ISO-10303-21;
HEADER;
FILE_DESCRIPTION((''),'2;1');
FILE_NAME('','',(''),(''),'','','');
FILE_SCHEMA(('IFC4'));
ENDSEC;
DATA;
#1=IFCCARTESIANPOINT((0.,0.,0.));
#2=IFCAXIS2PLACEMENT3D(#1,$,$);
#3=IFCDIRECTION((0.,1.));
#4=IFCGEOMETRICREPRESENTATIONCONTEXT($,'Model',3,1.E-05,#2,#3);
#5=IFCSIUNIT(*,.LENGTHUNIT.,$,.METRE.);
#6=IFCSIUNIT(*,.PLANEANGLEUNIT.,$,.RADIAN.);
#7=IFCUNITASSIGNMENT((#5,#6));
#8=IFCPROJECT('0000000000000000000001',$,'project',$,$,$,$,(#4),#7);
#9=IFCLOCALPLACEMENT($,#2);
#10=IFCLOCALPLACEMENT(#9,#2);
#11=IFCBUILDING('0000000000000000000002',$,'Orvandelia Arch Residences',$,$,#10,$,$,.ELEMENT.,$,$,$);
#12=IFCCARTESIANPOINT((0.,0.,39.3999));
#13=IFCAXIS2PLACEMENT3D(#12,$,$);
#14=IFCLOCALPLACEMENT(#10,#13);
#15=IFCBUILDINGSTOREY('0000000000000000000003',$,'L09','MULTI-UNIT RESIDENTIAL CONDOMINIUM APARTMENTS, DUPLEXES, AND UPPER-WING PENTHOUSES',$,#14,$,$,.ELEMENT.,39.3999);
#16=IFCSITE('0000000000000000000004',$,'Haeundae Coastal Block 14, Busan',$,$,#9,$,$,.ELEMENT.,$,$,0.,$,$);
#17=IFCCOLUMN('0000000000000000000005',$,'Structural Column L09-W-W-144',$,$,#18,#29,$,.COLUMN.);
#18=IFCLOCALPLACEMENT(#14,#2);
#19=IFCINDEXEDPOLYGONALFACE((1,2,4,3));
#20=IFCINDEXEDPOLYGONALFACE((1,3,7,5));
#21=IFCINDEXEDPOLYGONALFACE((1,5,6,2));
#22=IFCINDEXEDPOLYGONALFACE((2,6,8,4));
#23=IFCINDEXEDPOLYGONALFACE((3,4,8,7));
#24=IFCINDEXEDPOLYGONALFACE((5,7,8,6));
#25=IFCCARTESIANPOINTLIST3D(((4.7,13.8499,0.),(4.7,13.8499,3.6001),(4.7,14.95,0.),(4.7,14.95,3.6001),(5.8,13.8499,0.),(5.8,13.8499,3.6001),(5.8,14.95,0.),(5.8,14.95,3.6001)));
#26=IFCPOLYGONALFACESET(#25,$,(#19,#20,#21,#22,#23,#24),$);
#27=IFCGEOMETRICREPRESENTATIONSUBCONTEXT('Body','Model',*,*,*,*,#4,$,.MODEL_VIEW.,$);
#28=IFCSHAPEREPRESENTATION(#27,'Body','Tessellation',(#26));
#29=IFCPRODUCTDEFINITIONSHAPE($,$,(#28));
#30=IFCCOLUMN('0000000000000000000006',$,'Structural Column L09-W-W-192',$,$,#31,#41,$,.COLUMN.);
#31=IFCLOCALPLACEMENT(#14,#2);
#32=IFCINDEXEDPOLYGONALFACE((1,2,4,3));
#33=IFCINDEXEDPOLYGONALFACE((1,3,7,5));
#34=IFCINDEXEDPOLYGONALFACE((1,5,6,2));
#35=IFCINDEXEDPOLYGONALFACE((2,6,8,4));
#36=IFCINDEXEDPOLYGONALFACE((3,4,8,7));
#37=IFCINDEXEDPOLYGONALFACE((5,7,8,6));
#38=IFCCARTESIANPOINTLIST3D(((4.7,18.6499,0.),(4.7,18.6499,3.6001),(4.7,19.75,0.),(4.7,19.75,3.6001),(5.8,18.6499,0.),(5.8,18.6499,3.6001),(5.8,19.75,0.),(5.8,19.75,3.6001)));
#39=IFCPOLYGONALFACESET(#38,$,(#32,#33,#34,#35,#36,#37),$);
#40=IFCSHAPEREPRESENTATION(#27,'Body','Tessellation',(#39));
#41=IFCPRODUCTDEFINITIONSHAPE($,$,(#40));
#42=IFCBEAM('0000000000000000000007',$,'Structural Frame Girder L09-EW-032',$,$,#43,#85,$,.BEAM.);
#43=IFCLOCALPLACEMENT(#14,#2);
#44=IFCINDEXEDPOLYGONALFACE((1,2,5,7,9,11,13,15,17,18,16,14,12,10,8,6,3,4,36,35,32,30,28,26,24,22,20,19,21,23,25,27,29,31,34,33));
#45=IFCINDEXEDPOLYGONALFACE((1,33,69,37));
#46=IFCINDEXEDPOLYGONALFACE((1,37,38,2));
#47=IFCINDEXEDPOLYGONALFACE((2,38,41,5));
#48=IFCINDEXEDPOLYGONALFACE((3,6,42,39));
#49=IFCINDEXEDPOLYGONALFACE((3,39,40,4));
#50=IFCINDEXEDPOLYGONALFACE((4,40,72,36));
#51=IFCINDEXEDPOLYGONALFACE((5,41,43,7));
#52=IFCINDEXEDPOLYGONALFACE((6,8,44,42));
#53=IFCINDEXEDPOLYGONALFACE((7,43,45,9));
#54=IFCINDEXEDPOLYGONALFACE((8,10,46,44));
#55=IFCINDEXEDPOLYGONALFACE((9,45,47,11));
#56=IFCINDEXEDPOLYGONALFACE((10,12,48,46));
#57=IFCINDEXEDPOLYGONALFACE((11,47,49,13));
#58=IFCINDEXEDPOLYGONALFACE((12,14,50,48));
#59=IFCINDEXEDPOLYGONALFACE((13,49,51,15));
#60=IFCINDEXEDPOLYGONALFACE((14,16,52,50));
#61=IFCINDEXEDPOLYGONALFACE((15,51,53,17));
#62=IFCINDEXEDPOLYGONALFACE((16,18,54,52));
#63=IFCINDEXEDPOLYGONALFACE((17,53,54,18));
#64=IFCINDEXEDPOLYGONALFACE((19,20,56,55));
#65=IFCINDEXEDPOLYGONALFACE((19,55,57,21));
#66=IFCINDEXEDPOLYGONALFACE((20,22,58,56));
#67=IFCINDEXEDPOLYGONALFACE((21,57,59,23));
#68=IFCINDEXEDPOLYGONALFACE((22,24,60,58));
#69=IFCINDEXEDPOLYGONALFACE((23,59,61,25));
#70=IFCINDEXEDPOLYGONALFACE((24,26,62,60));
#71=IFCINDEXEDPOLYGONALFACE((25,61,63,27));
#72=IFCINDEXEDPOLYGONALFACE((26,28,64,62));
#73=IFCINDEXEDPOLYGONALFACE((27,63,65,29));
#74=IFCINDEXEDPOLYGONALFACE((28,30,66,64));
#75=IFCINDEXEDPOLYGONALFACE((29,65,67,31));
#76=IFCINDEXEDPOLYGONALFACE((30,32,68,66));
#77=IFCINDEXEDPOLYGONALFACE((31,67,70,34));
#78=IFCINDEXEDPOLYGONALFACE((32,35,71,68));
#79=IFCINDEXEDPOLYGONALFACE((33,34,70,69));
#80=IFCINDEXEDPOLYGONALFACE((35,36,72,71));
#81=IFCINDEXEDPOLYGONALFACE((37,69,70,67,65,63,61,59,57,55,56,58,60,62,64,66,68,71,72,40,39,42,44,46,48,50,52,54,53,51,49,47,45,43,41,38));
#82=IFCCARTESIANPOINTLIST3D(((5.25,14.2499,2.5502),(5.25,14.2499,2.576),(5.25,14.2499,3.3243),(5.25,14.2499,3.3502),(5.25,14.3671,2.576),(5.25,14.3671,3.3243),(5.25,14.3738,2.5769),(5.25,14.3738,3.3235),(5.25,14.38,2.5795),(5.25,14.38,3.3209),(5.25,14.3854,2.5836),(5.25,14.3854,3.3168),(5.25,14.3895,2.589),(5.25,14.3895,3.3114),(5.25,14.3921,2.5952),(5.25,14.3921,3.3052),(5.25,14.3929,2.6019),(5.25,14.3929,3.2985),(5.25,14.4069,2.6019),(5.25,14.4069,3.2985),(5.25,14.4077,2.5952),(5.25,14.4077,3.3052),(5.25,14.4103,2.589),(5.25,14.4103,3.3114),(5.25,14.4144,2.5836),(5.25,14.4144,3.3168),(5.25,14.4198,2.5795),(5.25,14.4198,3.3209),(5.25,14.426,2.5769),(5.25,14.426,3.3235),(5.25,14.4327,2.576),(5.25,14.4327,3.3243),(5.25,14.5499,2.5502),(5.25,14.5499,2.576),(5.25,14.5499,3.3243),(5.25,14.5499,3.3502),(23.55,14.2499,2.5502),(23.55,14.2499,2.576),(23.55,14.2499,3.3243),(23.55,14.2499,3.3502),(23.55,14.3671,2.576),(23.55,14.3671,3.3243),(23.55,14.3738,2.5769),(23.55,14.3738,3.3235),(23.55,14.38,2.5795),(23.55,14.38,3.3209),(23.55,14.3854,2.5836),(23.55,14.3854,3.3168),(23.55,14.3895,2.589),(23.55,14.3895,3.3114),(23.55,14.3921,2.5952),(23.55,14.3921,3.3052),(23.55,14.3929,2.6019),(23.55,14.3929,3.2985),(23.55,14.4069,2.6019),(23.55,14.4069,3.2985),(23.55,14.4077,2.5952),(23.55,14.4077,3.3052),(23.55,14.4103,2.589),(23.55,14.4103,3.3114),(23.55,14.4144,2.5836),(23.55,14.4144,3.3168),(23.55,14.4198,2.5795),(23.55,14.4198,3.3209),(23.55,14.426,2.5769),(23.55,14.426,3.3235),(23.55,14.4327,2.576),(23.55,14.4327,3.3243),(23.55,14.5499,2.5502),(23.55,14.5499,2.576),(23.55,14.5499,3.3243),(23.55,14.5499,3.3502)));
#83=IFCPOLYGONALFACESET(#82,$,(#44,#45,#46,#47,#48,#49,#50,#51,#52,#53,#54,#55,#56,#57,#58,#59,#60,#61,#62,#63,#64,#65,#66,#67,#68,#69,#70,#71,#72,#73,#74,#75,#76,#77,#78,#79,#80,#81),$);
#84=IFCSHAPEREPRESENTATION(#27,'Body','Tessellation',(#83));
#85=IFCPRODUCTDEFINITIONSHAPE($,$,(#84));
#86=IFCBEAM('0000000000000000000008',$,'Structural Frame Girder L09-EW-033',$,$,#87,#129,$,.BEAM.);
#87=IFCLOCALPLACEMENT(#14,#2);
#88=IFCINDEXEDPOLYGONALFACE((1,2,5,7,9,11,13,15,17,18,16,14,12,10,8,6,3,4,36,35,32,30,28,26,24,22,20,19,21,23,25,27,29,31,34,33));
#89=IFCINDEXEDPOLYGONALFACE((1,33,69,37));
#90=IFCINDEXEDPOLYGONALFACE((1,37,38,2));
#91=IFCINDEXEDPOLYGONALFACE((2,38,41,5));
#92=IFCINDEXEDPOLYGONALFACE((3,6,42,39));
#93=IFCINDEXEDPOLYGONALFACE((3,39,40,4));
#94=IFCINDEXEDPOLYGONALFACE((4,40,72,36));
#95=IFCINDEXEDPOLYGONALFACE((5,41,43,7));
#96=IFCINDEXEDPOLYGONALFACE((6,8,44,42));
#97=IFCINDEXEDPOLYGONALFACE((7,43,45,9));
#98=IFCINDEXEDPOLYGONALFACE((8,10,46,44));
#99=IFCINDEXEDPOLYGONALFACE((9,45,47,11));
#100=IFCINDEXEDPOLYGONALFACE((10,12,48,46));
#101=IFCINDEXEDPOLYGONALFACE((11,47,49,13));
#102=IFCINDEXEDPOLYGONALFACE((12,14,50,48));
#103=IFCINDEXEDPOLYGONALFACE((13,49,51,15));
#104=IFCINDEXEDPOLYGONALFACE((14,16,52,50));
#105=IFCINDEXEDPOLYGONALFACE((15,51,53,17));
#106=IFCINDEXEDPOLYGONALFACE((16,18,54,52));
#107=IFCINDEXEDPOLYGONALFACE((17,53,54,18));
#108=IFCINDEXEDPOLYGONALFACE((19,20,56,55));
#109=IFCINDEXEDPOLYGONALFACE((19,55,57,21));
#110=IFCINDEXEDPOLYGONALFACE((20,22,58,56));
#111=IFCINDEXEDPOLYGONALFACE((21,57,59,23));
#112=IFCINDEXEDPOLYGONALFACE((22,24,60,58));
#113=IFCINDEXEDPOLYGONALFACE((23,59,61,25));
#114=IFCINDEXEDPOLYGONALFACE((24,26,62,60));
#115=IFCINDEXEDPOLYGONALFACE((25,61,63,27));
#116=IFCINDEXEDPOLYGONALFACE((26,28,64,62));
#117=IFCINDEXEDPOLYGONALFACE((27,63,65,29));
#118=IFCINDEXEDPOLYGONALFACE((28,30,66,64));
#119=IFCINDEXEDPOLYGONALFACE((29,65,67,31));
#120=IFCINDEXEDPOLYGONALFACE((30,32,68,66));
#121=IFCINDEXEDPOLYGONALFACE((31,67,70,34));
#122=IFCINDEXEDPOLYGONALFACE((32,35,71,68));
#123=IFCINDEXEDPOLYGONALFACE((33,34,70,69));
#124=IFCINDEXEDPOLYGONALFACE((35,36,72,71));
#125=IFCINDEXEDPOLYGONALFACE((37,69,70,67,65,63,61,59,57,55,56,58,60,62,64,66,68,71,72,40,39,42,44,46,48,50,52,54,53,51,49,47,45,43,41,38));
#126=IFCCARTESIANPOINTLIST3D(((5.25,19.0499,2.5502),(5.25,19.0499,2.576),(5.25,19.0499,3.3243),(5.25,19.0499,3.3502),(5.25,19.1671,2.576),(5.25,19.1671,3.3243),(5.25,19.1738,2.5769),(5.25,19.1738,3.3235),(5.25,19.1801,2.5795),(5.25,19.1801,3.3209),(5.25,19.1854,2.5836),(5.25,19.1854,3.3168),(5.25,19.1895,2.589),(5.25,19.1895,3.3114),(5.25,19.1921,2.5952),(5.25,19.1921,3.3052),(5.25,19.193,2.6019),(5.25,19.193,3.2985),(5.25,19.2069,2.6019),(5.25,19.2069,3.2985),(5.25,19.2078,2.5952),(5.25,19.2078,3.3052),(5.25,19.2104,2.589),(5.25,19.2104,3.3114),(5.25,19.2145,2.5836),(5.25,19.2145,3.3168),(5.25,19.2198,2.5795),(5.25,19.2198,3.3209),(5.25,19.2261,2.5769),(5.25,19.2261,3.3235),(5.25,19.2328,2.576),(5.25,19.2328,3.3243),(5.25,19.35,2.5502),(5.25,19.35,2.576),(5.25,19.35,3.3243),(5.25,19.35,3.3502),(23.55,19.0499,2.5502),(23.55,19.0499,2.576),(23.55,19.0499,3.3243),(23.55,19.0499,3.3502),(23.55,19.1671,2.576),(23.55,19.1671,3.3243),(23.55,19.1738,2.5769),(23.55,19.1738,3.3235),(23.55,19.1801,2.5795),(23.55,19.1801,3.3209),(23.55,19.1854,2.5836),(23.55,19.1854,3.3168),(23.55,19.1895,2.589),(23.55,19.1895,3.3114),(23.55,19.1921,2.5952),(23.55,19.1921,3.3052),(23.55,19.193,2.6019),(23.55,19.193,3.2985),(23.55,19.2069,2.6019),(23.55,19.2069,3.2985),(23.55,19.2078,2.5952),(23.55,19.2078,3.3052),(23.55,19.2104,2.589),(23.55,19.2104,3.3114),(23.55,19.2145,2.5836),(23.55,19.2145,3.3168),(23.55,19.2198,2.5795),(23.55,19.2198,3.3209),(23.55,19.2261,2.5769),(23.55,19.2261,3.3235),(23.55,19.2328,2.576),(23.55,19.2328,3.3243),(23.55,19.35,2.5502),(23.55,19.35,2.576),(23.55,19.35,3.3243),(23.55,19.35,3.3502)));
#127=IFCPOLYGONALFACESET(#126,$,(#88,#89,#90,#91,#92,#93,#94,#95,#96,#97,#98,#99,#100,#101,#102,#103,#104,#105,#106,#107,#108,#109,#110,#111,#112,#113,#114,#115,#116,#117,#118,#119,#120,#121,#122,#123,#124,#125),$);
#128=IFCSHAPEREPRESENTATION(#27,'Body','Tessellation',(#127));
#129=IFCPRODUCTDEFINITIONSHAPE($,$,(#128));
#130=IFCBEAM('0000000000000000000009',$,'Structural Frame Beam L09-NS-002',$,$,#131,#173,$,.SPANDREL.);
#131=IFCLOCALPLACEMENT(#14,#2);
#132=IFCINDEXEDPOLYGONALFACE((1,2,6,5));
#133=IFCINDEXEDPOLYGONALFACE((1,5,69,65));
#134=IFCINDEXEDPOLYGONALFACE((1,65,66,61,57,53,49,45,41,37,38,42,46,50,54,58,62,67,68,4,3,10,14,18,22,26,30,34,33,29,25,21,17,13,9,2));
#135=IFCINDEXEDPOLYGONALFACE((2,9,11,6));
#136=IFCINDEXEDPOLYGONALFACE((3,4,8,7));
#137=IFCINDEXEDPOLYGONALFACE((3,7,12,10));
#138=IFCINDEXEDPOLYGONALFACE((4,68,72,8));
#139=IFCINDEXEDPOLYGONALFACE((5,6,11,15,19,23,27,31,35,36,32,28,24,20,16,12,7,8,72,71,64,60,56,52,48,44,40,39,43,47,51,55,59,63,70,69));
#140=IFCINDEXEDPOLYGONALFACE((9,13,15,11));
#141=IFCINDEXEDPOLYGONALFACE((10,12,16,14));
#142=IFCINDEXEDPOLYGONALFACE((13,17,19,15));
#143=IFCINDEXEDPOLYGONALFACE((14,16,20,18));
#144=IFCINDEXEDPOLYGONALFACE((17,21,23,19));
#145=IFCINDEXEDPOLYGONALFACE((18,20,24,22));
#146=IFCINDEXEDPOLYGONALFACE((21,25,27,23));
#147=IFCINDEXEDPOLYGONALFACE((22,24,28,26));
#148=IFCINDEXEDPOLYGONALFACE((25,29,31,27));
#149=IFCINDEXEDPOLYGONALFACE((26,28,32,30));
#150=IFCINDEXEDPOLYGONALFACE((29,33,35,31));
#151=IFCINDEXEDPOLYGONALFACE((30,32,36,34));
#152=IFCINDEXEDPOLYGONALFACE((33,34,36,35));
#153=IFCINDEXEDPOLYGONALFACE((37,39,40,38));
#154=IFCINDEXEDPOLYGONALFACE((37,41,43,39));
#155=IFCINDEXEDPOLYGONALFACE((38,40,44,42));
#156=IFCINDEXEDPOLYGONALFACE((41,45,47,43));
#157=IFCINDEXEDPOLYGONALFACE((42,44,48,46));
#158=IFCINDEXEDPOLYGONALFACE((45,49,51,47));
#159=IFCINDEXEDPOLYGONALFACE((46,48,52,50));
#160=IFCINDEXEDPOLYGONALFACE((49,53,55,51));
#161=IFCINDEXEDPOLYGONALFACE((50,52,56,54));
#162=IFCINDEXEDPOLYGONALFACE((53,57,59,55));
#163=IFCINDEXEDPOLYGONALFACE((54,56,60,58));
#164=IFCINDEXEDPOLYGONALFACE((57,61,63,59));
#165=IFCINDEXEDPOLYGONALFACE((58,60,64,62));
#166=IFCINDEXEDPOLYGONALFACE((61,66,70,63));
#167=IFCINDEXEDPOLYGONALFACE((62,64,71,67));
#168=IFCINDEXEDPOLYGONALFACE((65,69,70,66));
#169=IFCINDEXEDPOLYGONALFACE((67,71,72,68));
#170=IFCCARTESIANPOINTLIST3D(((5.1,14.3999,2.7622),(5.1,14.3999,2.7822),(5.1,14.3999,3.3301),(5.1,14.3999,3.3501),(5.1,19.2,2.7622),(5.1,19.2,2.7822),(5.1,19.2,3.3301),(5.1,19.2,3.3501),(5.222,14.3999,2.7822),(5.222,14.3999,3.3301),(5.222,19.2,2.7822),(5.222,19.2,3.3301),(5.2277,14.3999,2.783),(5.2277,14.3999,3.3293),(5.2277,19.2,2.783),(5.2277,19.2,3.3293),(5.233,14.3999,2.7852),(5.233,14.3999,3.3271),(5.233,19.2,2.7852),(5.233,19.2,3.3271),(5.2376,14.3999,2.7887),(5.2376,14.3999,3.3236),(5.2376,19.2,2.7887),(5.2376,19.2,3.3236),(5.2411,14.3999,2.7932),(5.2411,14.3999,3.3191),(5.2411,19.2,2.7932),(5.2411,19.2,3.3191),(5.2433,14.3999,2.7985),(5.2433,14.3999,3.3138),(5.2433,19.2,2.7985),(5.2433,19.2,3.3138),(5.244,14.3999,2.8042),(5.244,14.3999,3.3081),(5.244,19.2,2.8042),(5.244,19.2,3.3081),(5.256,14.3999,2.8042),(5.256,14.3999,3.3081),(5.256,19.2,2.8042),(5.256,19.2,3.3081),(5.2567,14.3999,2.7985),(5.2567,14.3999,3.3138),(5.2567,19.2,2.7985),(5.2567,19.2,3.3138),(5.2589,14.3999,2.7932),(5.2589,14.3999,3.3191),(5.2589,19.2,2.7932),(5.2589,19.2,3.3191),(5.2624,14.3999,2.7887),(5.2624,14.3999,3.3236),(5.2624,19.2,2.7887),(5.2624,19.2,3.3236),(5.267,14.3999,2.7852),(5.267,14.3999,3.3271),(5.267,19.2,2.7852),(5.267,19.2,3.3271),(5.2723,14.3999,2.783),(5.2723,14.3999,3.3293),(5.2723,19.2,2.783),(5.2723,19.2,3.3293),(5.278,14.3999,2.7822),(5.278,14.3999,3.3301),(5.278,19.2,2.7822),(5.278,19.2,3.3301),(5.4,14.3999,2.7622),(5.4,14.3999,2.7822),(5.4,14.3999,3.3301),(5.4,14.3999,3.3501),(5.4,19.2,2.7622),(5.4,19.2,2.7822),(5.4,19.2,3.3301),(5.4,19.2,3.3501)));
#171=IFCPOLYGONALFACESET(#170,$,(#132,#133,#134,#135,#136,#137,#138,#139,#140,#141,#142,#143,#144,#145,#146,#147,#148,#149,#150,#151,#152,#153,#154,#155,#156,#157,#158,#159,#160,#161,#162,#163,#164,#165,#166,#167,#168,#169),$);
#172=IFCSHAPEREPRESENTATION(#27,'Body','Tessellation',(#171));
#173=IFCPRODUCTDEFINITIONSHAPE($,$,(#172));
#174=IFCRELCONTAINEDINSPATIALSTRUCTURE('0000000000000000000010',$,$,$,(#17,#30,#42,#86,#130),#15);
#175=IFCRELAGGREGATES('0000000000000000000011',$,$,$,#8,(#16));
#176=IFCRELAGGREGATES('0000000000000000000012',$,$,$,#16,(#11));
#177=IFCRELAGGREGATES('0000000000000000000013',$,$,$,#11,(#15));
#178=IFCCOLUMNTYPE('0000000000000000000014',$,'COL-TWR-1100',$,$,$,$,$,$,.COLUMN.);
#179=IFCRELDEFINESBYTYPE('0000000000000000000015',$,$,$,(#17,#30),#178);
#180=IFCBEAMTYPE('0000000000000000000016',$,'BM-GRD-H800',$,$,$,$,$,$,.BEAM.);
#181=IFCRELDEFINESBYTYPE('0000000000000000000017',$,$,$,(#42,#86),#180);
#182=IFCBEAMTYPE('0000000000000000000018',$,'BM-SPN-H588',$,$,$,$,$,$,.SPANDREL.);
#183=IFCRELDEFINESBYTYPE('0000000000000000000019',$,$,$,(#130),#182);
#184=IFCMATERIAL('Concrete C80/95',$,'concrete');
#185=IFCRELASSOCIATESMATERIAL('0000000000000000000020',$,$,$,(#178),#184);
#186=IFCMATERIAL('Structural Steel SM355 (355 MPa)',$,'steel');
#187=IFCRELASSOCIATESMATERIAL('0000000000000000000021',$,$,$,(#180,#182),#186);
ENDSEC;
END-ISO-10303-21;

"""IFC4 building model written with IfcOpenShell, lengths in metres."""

from ifc_helpers import new_model, si_unit, direction, frame, origin, origin_2d, place, context, subcontext, project, spatial, rectangle, i_section, extrude, material, material_profile, profile_set, type_object, element, save


model = new_model("IFC4")

# Units and contexts
model_context = context("Model", 3, precision=1e-05, world=origin(), true_north=direction((0.0, 1.0)))
body_context = subcontext(model_context, "Body", "Model", "MODEL_VIEW")
ifc_project = project(units=[si_unit("LENGTHUNIT", "METRE"), si_unit("PLANEANGLEUNIT", "RADIAN")], contexts=[model_context])

# Site, building, storey
site_placement = place(None, origin())
site = spatial("IfcSite", under=ifc_project, at=site_placement, Name="Haeundae Coastal Block 14, Busan", CompositionType="ELEMENT", RefElevation=0.0)
building_placement = place(site_placement, origin())
building = spatial("IfcBuilding", under=site, at=building_placement, Name="Orvandelia Arch Residences", CompositionType="ELEMENT")
storey_placement = place(building_placement, frame((0.0, 0.0, 39.3999)))
storey = spatial("IfcBuildingStorey", under=building, at=storey_placement, Name="L09", Description="MULTI-UNIT RESIDENTIAL CONDOMINIUM APARTMENTS, DUPLEXES, AND UPPER-WING PENTHOUSES", CompositionType="ELEMENT", Elevation=39.3999)

# Columns
ifc_material_1 = material(Name="Concrete C80/95", Category="concrete")
ifc_material_profile_1 = material_profile(ifc_material_1, rectangle(XDim=1.1001, YDim=1.1001, at=origin_2d()), Name="Concrete C80/95", Category="concrete")
ifc_profile_set_1 = profile_set([ifc_material_profile_1], Name="Concrete C80/95")
column_type = type_object("IfcColumnType", Name="COL-TWR-1100", PredefinedType="COLUMN", material=ifc_profile_set_1)
for number, where, z_axis, x_axis, name in (
    (1, (5.25, 14.3999, 0.0), (0.0, 0.0, 1.0), (1.0, 0.0, 0.0), "Structural Column L09-W-W-144"),
    (2, (5.25, 19.2, 0.0), (0.0, 0.0, 1.0), (1.0, 0.0, 0.0), "Structural Column L09-W-W-192"),
):
    element("IfcColumn", number, at=place(storey_placement, frame(where, z_axis=z_axis, x_axis=x_axis)), inside=storey, type_object=column_type, Name=name, PredefinedType="COLUMN", context=body_context, shape_type="SweptSolid", body=[
        extrude(rectangle(XDim=1.1001, YDim=1.1001, at=origin_2d()), origin(), (0.0, 0.0, 1.0), 3.6001),
    ])

# Beams
ifc_material_2 = material(Name="Structural Steel SM355 (355 MPa)", Category="steel")
ifc_material_profile_2 = material_profile(ifc_material_2, i_section(OverallWidth=0.3, OverallDepth=0.8, WebThickness=0.0139, FlangeThickness=0.0259, FilletRadius=0.0259, at=origin_2d()), Name="Structural Steel SM355 (355 MPa)", Category="steel")
ifc_profile_set_2 = profile_set([ifc_material_profile_2], Name="Structural Steel SM355 (355 MPa)")
beam_type_1 = type_object("IfcBeamType", Name="BM-GRD-H800", PredefinedType="BEAM", material=ifc_profile_set_2)
for number, where, z_axis, x_axis, name in (
    (3, (5.25, 14.3999, 2.9502), (1.0, 0.0, 0.0), (0.0, 1.0, 0.0), "Structural Frame Girder L09-EW-032"),
    (4, (5.25, 19.2, 2.9502), (1.0, 0.0, 0.0), (0.0, 1.0, 0.0), "Structural Frame Girder L09-EW-033"),
):
    element("IfcBeam", number, at=place(storey_placement, frame(where, z_axis=z_axis, x_axis=x_axis)), inside=storey, type_object=beam_type_1, Name=name, PredefinedType="BEAM", context=body_context, shape_type="SweptSolid", body=[
        extrude(i_section(OverallWidth=0.3, OverallDepth=0.8, WebThickness=0.0139, FlangeThickness=0.0259, FilletRadius=0.0259, at=origin_2d()), origin(), (0.0, 0.0, 1.0), 18.3),
    ])
ifc_material_profile_3 = material_profile(ifc_material_2, i_section(OverallWidth=0.3, OverallDepth=0.5879, WebThickness=0.012, FlangeThickness=0.02, FilletRadius=0.022, at=origin_2d()), Name="Structural Steel SM355 (355 MPa)", Category="steel")
ifc_profile_set_3 = profile_set([ifc_material_profile_3], Name="Structural Steel SM355 (355 MPa)")
beam_type_2 = type_object("IfcBeamType", Name="BM-SPN-H588", PredefinedType="SPANDREL", material=ifc_profile_set_3)
for number, where, z_axis, x_axis, name in (
    (5, (5.25, 14.3999, 3.0562), (0.0, 1.0, 0.0), (-1.0, 0.0, 0.0), "Structural Frame Beam L09-NS-002"),
):
    element("IfcBeam", number, at=place(storey_placement, frame(where, z_axis=z_axis, x_axis=x_axis)), inside=storey, type_object=beam_type_2, Name=name, PredefinedType="SPANDREL", context=body_context, shape_type="SweptSolid", body=[
        extrude(i_section(OverallWidth=0.3, OverallDepth=0.5879, WebThickness=0.012, FlangeThickness=0.02, FilletRadius=0.022, at=origin_2d()), origin(), (0.0, 0.0, 1.0), 4.8),
    ])

save(model, "model.ifc")
